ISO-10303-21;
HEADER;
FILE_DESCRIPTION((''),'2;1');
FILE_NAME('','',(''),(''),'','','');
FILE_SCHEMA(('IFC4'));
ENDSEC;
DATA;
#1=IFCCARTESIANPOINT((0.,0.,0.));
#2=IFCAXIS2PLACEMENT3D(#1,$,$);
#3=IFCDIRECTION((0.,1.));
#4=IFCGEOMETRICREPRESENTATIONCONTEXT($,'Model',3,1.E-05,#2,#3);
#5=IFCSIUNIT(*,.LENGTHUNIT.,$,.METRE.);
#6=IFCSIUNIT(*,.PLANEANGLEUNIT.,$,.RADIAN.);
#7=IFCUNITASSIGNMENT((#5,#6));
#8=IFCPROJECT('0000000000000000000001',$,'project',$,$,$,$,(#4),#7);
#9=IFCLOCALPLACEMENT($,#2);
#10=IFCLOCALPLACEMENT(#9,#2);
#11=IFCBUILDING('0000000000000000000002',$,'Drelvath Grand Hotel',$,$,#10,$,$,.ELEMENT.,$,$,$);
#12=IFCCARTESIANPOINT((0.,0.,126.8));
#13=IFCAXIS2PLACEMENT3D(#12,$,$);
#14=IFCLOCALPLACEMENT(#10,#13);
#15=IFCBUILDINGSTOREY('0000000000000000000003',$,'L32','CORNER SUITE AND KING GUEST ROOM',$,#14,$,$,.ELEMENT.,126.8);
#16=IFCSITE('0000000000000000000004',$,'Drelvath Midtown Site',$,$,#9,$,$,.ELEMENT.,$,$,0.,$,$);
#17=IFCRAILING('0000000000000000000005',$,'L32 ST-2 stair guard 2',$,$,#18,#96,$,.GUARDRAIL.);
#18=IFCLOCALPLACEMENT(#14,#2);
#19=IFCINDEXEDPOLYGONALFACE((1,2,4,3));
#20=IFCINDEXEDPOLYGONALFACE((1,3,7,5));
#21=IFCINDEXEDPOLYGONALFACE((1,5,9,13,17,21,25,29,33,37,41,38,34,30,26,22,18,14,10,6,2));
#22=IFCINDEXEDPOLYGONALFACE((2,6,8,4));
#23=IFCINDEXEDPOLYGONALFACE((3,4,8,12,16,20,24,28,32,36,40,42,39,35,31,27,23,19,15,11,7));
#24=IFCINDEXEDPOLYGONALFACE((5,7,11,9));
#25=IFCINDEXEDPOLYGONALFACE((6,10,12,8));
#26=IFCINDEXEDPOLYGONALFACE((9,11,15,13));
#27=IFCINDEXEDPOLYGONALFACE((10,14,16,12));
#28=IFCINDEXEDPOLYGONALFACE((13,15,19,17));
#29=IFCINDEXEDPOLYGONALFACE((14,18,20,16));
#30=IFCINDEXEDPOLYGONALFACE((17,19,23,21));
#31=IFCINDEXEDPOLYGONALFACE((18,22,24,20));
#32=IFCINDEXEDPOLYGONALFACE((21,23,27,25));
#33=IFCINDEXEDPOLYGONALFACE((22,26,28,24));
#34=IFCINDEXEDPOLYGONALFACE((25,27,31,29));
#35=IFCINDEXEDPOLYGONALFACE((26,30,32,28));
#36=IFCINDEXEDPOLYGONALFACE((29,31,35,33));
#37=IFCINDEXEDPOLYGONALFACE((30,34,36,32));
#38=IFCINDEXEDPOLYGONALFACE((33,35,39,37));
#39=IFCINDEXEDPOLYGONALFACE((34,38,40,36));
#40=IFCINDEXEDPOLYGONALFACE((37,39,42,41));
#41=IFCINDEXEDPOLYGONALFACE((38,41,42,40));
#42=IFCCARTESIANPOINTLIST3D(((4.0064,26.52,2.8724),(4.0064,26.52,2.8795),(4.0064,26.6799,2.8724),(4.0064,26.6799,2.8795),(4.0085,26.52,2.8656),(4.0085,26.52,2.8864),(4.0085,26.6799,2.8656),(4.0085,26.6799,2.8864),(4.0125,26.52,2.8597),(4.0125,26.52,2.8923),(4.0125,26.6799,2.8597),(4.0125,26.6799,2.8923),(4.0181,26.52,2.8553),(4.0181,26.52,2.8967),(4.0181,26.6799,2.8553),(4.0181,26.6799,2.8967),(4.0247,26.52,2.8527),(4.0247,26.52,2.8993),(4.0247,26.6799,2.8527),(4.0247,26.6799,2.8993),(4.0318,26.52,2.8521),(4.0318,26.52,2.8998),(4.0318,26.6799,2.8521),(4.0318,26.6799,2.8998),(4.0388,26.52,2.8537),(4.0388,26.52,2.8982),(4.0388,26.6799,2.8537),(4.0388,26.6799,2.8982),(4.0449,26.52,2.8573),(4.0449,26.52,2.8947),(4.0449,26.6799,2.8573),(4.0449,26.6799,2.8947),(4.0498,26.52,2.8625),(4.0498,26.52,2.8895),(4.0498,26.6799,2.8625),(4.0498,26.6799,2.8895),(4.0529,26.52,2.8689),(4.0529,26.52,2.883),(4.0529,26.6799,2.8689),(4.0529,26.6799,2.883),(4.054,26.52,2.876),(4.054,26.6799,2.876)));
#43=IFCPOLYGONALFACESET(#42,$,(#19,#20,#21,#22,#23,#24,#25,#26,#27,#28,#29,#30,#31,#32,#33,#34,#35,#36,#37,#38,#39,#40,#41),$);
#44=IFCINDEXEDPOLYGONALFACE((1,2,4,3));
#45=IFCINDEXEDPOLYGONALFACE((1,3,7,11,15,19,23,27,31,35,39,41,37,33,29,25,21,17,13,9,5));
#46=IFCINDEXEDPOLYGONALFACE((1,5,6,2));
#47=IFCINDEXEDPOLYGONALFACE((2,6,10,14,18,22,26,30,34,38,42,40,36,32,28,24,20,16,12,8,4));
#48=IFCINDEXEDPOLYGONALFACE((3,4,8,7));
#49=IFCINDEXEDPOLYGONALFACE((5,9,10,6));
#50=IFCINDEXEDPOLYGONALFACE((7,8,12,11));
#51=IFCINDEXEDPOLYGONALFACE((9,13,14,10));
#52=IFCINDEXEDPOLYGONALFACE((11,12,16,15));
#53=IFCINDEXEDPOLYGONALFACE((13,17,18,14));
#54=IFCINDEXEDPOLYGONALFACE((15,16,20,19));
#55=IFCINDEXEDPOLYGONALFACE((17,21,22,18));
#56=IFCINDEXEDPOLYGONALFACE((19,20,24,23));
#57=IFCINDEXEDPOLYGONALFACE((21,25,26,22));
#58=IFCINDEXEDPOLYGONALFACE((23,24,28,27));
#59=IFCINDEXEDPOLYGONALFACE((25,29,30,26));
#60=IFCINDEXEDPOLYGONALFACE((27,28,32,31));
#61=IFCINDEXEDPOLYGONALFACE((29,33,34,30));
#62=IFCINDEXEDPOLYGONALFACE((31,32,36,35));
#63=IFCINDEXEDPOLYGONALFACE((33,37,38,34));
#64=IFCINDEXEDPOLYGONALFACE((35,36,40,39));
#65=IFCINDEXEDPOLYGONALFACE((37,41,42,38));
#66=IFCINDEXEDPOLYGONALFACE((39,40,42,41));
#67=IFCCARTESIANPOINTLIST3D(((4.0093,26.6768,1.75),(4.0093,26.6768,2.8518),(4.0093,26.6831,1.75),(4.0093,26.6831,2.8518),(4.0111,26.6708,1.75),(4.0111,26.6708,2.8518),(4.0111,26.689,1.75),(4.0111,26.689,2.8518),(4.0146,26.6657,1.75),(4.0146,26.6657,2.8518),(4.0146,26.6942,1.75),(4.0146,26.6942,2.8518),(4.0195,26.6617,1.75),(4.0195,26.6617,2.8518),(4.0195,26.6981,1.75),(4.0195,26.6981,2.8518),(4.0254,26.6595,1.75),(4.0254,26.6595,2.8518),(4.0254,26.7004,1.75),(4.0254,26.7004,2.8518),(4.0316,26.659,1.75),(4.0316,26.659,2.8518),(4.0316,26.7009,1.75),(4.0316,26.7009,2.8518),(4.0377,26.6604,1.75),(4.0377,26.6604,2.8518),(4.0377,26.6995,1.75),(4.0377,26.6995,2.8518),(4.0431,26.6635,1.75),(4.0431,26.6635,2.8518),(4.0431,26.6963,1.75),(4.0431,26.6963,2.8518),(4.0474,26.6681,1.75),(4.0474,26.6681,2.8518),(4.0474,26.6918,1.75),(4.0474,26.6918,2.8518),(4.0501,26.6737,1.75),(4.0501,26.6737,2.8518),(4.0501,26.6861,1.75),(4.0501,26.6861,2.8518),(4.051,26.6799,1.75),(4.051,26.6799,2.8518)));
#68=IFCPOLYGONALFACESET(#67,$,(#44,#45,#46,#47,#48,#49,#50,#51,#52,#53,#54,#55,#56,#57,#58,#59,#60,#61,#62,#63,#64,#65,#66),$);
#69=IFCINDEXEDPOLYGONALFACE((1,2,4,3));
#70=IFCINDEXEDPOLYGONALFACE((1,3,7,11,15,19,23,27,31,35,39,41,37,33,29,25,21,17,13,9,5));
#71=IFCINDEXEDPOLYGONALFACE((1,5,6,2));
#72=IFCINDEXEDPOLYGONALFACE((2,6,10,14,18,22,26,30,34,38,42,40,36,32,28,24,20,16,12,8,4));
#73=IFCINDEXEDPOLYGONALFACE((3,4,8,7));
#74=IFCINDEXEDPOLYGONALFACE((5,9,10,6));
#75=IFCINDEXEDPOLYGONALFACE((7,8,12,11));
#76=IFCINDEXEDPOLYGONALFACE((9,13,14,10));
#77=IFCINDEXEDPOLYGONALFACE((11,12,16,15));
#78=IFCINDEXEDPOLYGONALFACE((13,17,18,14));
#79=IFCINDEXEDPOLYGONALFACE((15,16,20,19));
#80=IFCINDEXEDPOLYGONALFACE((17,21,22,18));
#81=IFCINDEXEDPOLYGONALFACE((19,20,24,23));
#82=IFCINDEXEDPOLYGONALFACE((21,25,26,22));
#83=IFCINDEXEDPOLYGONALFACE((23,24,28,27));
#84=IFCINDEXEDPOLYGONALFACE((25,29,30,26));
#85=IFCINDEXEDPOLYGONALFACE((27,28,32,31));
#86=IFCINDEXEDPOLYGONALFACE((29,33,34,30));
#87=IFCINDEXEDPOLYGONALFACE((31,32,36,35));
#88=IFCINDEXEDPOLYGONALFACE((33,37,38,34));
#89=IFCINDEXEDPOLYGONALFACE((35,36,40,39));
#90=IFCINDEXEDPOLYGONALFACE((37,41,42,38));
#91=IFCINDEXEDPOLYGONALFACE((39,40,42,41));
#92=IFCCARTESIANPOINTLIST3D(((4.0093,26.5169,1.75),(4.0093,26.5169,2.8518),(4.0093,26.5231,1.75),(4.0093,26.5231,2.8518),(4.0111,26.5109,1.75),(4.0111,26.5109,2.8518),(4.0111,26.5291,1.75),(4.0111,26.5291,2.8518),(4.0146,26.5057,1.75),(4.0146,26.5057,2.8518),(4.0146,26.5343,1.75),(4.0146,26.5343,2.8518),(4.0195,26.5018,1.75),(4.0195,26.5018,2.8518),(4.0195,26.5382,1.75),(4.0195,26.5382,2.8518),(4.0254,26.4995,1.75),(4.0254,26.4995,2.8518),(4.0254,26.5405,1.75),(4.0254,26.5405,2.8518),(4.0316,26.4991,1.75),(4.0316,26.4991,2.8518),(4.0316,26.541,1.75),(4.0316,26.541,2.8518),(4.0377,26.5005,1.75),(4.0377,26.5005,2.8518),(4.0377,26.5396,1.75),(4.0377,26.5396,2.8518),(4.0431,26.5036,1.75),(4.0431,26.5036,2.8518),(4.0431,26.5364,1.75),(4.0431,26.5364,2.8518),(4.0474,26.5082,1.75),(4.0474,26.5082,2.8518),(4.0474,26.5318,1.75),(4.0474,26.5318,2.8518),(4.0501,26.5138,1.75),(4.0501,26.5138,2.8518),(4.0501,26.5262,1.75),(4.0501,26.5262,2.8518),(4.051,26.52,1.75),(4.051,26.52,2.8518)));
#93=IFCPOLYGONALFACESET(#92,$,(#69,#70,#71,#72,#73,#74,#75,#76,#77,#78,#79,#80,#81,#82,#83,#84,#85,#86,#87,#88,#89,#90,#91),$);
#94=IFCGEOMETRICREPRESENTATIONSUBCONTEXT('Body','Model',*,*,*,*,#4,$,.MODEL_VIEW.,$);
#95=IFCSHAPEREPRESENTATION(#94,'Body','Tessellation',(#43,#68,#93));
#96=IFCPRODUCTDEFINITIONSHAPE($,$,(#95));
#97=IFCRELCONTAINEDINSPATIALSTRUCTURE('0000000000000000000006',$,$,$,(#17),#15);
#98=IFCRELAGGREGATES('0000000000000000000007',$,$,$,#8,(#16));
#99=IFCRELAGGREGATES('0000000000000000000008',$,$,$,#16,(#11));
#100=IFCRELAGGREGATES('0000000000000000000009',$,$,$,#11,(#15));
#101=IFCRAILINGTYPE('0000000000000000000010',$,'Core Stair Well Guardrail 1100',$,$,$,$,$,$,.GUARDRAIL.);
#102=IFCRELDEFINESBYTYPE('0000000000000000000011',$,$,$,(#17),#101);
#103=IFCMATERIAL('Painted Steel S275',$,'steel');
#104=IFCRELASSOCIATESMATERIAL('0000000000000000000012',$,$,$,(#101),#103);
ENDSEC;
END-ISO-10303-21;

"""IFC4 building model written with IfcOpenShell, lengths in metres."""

from ifc_helpers import new_model, si_unit, direction, frame, origin, origin_2d, place, context, subcontext, project, spatial, circle, extrude, material, type_object, element, save


model = new_model("IFC4")

# Units and contexts
model_context = context("Model", 3, precision=1e-05, world=origin(), true_north=direction((0.0, 1.0)))
body_context = subcontext(model_context, "Body", "Model", "MODEL_VIEW")
ifc_project = project(units=[si_unit("LENGTHUNIT", "METRE"), si_unit("PLANEANGLEUNIT", "RADIAN")], contexts=[model_context])

# Site, building, storey
site_placement = place(None, origin())
site = spatial("IfcSite", under=ifc_project, at=site_placement, Name="Drelvath Midtown Site", CompositionType="ELEMENT", RefElevation=0.0)
building_placement = place(site_placement, origin())
building = spatial("IfcBuilding", under=site, at=building_placement, Name="Drelvath Grand Hotel", CompositionType="ELEMENT")
storey_placement = place(building_placement, frame((0.0, 0.0, 126.8)))
storey = spatial("IfcBuildingStorey", under=building, at=storey_placement, Name="L32", Description="CORNER SUITE AND KING GUEST ROOM", CompositionType="ELEMENT", Elevation=126.8)

# Railing
ifc_material_1 = material(Name="Painted Steel S275", Category="steel")
railing_type_1 = type_object("IfcRailingType", Name="Core Stair Well Guardrail 1100", PredefinedType="GUARDRAIL", material=ifc_material_1)
railing_1_placement = place(storey_placement, frame((4.03, 26.6799, 1.75)))
element("IfcRailing", 1, at=railing_1_placement, inside=storey, type_object=railing_type_1, Name="L32 ST-2 stair guard 2", PredefinedType="GUARDRAIL", context=body_context, shape_type="SweptSolid", body=[
    extrude(circle(Radius=0.0239, at=origin_2d()), frame((0.0, 0.0, 1.126), z_axis=(0.0, -1.0, 0.0), x_axis=(1.0, 0.0, 0.0)), (0.0, 0.0, 1.0), 0.1599),
    extrude(circle(Radius=0.021, at=origin_2d()), origin(), (0.0, 0.0, 1.0), 1.1018),
    extrude(circle(Radius=0.021, at=origin_2d()), frame((0.0, -0.1599, 0.0)), (0.0, 0.0, 1.0), 1.1018),
])

save(model, "model.ifc")
